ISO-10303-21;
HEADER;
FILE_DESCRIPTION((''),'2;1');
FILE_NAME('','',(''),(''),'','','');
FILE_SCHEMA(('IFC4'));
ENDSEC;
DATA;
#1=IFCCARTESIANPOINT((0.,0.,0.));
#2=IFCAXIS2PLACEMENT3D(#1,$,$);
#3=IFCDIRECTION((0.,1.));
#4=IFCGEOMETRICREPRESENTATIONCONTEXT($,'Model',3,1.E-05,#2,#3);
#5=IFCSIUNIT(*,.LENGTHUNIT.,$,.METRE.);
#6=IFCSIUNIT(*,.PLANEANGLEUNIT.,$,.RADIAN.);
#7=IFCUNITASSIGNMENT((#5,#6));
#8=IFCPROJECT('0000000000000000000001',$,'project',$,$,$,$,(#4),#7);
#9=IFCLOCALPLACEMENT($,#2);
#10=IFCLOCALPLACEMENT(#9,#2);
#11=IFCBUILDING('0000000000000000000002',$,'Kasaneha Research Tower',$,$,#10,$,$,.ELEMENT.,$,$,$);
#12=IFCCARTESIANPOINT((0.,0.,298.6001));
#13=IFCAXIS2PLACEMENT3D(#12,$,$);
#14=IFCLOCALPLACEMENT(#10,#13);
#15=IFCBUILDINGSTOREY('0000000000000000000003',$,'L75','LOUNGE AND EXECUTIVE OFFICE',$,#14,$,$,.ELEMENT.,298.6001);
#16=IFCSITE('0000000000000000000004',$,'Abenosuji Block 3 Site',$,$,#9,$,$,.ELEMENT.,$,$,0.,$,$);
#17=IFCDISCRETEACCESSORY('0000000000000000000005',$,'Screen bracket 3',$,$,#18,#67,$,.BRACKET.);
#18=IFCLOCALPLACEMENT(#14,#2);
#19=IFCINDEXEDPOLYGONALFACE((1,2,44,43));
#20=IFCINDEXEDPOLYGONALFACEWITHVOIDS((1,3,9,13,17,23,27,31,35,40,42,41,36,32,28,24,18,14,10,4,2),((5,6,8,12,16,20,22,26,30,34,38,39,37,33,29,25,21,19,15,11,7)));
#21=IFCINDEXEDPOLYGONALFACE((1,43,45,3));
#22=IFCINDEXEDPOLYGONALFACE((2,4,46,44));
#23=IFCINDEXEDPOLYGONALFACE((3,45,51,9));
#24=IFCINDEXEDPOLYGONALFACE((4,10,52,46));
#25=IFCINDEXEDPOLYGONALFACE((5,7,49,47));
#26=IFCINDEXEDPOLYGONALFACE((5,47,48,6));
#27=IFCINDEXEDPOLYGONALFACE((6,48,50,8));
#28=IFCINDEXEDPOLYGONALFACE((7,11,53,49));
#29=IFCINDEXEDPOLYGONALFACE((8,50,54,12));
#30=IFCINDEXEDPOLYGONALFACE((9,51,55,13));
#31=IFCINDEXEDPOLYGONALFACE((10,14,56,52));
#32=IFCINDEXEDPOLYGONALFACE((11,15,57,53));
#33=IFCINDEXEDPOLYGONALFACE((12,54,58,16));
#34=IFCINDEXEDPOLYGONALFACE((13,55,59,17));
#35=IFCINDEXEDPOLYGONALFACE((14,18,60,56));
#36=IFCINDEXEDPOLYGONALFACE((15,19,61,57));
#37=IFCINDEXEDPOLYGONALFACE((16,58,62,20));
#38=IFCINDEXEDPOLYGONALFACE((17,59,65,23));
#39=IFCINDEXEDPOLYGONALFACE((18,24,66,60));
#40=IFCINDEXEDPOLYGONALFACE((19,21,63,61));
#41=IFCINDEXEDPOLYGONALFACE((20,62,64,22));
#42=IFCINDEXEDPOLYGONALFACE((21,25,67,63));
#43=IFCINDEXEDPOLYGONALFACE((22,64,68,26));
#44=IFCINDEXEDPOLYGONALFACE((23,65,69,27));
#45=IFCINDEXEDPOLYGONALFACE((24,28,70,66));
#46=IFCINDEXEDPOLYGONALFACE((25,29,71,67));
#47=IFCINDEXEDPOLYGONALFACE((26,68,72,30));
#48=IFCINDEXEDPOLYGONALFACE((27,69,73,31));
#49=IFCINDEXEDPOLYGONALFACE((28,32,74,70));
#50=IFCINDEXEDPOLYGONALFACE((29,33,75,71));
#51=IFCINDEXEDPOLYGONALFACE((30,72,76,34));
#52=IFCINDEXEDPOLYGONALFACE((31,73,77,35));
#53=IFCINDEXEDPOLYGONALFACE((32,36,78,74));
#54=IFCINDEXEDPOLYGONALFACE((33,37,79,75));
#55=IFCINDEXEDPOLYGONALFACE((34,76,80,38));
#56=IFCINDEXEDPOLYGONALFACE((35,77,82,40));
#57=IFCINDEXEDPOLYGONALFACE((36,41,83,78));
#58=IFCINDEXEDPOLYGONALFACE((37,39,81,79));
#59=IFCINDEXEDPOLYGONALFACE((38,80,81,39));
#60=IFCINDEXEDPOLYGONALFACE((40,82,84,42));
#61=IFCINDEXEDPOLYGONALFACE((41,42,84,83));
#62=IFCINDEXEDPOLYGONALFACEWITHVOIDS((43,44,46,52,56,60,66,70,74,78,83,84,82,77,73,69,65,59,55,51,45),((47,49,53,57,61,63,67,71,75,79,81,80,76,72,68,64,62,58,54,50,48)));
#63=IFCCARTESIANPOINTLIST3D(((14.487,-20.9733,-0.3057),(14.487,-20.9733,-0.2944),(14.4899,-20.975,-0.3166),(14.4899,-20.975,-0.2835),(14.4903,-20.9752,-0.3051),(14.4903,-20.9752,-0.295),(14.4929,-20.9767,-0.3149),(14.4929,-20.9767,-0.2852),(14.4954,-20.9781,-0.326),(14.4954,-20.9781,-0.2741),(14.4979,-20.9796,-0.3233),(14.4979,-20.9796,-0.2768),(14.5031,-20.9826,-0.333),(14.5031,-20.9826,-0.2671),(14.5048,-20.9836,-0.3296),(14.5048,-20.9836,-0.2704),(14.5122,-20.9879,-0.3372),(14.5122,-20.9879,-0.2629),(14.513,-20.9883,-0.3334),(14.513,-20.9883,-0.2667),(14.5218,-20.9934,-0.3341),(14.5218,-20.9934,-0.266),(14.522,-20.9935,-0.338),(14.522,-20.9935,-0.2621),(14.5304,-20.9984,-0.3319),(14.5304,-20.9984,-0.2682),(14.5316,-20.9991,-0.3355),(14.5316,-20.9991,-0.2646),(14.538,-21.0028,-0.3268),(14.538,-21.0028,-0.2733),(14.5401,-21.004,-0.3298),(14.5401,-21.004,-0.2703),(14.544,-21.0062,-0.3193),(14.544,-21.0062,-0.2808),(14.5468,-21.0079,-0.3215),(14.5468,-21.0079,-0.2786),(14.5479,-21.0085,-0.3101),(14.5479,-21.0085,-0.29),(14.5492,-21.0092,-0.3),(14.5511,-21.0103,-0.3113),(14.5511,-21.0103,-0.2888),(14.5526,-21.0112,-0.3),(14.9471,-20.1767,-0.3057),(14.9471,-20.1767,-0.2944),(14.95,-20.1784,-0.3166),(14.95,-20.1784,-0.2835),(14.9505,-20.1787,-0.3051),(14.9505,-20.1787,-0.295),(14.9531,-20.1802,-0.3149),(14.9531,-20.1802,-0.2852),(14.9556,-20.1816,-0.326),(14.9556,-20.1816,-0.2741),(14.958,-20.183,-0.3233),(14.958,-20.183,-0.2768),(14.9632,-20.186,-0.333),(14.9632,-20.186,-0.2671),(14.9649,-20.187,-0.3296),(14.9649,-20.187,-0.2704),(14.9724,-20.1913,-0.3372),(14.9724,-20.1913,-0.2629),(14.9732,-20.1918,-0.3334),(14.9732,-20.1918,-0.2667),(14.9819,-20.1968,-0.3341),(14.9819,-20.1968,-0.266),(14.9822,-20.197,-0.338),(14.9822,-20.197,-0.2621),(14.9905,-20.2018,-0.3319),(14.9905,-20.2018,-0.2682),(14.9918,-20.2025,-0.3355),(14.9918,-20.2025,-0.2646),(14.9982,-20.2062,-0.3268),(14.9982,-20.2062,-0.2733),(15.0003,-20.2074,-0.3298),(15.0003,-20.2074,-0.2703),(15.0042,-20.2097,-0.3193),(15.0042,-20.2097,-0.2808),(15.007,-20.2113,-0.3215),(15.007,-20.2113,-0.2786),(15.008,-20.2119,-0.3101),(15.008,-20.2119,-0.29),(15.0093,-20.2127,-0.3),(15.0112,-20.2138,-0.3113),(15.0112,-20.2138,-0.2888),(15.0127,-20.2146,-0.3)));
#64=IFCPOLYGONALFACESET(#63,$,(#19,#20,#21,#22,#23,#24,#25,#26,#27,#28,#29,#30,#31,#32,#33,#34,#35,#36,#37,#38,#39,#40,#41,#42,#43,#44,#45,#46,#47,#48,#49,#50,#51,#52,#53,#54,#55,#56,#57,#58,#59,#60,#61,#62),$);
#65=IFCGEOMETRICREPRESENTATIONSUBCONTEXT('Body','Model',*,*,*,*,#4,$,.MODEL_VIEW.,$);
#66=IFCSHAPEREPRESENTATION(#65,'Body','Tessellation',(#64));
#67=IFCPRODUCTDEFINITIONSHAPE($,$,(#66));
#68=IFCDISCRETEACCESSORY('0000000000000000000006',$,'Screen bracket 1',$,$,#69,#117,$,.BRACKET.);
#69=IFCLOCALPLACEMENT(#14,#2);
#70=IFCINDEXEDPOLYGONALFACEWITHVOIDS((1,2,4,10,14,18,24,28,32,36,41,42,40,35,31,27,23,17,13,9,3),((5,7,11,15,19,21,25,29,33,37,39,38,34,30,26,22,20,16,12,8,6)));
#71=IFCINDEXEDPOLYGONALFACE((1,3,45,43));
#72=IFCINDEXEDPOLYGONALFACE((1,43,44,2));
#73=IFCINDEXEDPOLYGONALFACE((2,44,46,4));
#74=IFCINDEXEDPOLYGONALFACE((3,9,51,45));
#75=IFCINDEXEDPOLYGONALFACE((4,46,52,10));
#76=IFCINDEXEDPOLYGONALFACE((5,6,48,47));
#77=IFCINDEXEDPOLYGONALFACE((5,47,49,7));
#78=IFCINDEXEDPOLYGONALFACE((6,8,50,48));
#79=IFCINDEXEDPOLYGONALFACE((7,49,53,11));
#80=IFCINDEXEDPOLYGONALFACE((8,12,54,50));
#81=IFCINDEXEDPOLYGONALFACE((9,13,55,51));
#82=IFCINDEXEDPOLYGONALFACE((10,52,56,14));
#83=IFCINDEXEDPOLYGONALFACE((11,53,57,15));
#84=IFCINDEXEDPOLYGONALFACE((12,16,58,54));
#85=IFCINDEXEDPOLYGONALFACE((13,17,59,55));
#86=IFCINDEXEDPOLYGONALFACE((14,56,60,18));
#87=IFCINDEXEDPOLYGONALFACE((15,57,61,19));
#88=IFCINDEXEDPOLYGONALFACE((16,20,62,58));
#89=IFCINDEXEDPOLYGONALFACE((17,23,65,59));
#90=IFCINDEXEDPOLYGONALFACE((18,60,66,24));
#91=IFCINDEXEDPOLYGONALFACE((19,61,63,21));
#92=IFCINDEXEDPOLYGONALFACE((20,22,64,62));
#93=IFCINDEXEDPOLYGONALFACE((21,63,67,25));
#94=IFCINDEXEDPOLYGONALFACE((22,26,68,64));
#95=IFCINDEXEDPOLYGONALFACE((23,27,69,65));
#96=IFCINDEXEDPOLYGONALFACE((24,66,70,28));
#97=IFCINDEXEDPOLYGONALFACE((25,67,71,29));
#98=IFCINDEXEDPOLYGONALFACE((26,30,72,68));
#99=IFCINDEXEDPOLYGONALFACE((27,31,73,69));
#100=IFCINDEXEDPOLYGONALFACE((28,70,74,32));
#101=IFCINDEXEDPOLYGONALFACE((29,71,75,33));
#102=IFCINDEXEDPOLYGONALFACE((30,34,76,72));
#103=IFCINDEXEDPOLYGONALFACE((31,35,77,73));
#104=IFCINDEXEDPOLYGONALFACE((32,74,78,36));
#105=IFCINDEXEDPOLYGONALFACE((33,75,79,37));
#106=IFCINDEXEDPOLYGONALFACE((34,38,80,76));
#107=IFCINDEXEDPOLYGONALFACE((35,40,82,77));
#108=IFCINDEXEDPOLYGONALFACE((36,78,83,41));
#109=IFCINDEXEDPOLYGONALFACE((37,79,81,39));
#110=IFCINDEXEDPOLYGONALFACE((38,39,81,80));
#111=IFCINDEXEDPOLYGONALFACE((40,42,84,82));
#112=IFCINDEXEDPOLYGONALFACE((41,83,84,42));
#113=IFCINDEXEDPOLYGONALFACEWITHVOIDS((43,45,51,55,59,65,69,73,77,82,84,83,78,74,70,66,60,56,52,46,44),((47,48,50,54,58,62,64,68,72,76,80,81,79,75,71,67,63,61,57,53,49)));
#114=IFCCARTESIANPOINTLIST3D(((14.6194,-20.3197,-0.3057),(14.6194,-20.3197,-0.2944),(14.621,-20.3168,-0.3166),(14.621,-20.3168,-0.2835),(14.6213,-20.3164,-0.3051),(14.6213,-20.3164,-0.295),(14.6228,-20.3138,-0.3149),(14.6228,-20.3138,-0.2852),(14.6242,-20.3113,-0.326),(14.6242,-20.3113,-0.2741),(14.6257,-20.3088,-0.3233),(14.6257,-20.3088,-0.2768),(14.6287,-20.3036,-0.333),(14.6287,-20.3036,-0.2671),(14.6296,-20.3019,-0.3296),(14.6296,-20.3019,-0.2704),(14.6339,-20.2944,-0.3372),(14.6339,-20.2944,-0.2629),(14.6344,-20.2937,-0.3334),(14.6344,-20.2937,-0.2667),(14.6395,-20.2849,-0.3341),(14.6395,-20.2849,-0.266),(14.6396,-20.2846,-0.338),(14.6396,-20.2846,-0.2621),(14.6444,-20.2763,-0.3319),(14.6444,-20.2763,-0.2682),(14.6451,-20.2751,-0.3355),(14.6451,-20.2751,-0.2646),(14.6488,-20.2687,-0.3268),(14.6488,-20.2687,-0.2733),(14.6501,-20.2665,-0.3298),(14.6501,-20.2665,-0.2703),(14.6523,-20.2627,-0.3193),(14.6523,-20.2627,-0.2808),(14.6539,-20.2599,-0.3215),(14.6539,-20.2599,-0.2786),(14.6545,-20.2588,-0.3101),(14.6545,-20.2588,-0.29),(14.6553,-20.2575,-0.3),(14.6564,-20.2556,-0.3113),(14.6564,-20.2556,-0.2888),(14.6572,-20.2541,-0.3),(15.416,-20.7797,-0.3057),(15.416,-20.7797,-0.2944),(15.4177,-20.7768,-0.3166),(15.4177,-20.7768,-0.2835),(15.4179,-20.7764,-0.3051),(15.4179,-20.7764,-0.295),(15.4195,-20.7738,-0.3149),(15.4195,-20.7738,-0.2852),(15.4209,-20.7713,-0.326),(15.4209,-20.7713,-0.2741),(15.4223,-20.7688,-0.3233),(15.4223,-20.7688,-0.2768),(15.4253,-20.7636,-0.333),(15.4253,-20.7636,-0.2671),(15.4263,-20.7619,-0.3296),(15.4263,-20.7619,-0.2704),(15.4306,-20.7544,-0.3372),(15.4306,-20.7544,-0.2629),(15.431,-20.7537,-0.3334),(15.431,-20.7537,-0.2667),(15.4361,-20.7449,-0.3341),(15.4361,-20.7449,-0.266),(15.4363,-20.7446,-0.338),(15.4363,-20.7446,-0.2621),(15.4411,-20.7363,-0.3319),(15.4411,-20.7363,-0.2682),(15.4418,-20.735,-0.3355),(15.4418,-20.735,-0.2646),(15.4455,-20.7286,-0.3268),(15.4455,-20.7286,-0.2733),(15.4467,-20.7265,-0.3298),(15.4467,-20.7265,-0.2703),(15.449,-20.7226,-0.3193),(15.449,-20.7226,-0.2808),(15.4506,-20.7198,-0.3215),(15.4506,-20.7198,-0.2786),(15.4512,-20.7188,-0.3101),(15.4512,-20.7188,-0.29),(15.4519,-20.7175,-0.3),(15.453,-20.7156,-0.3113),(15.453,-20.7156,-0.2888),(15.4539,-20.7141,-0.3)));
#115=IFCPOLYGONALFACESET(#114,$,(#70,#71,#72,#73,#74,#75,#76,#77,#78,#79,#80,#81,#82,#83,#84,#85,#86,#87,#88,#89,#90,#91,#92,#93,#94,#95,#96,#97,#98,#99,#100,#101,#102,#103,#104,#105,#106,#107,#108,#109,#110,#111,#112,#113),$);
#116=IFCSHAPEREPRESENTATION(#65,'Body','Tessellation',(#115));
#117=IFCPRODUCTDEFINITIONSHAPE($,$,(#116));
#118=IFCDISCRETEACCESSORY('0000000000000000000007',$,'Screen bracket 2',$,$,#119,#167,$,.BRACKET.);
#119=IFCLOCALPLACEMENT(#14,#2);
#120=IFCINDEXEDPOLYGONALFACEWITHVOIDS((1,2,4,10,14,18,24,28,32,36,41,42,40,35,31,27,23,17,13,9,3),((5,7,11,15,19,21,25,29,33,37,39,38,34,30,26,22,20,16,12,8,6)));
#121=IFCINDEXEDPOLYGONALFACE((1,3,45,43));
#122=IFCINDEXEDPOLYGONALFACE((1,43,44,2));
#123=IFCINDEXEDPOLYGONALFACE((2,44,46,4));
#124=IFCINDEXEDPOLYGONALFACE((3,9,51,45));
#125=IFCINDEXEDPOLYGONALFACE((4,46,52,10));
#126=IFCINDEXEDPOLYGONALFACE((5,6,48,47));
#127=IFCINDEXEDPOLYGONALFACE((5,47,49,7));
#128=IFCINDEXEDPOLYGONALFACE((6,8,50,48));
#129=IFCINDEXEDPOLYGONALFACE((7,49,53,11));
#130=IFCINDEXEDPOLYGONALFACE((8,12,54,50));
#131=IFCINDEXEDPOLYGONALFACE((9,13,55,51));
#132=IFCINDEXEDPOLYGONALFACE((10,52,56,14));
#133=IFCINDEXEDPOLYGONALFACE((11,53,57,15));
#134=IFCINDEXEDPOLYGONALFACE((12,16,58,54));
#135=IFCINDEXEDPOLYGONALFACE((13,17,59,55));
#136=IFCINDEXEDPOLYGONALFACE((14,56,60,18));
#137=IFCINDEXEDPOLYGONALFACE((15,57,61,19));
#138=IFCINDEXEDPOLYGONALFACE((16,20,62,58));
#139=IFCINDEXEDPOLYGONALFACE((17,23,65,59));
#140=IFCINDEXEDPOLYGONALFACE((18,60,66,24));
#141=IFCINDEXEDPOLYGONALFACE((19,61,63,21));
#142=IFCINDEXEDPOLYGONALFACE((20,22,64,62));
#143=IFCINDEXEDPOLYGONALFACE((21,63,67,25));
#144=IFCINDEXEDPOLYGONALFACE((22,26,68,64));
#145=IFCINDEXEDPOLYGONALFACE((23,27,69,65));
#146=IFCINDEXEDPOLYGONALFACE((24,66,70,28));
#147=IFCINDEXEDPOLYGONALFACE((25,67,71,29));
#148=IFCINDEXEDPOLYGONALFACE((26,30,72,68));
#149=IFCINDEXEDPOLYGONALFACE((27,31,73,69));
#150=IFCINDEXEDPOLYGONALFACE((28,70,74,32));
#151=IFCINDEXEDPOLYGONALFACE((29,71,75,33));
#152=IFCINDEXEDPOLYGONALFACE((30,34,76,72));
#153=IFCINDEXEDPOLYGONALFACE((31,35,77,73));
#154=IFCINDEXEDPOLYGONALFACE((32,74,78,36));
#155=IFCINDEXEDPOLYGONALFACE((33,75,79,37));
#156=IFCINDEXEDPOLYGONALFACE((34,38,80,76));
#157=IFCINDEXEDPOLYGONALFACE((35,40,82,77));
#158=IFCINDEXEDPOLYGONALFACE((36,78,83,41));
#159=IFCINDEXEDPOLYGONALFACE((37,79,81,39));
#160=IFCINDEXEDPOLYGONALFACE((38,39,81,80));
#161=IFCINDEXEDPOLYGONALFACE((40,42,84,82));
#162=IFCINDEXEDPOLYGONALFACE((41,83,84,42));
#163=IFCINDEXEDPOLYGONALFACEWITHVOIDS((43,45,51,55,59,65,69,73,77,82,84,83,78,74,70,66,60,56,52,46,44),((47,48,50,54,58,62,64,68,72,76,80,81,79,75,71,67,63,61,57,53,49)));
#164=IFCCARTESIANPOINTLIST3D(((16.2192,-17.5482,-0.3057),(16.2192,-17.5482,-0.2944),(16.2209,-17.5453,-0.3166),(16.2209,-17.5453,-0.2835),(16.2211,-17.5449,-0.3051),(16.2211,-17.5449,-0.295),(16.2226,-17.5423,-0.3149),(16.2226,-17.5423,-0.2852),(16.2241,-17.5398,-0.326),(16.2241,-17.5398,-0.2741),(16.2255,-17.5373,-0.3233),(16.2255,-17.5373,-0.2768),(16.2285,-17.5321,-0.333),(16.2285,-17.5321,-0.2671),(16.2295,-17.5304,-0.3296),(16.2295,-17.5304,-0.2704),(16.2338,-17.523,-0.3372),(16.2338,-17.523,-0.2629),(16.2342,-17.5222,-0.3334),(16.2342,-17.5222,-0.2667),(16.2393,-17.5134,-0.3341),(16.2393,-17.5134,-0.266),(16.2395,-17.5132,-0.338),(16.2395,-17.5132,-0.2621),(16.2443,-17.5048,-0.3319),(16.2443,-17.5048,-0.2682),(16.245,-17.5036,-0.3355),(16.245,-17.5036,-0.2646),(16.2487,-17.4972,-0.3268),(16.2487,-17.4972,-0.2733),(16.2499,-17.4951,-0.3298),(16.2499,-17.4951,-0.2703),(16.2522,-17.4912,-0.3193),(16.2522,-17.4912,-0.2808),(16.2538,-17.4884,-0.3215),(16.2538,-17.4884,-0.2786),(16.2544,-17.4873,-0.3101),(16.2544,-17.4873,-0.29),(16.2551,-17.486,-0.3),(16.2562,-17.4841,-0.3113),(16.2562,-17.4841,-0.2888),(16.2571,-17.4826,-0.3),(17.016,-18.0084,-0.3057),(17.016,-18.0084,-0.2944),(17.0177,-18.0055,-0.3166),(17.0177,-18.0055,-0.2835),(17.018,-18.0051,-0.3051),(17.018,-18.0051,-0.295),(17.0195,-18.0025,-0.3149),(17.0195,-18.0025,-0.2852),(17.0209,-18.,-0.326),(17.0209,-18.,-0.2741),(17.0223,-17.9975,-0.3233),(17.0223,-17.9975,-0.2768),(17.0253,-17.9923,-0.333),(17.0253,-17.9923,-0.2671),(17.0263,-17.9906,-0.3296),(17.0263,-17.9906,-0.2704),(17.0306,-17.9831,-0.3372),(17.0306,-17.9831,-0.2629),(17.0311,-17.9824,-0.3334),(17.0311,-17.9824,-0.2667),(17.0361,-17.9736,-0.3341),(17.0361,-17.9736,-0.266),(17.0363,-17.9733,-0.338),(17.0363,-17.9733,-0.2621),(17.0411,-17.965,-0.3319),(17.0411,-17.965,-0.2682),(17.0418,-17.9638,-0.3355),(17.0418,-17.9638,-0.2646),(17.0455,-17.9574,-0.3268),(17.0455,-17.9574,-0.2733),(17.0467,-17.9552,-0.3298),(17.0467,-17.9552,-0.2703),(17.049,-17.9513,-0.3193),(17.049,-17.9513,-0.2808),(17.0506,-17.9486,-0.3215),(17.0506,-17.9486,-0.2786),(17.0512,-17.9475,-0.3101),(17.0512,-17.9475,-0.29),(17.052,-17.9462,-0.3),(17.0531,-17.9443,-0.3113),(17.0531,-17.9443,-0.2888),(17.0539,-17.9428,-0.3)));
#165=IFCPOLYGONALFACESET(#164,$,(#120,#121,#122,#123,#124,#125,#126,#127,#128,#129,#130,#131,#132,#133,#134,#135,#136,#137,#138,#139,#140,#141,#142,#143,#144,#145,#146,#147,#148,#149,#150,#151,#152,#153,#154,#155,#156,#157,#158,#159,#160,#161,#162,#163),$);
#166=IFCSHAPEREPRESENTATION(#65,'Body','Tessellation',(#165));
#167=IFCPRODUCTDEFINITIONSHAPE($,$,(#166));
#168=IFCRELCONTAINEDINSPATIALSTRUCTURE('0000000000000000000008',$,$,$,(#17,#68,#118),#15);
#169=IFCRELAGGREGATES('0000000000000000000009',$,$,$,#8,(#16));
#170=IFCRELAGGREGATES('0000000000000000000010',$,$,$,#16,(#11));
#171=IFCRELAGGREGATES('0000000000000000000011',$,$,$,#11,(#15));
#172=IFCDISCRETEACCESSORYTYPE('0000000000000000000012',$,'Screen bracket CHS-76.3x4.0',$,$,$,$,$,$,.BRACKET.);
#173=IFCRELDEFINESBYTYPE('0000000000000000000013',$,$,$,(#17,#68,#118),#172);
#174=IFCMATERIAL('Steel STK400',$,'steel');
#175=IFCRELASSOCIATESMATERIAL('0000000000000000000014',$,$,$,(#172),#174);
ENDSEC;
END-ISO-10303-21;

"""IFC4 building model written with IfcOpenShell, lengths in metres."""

from ifc_helpers import new_model, si_unit, direction, frame, origin, origin_2d, place, context, subcontext, project, spatial, hollow_circle, extrude, material, material_profile, profile_set, type_object, element, save


model = new_model("IFC4")

# Units and contexts
model_context = context("Model", 3, precision=1e-05, world=origin(), true_north=direction((0.0, 1.0)))
body_context = subcontext(model_context, "Body", "Model", "MODEL_VIEW")
ifc_project = project(units=[si_unit("LENGTHUNIT", "METRE"), si_unit("PLANEANGLEUNIT", "RADIAN")], contexts=[model_context])

# Site, building, storey
site_placement = place(None, origin())
site = spatial("IfcSite", under=ifc_project, at=site_placement, Name="Abenosuji Block 3 Site", CompositionType="ELEMENT", RefElevation=0.0)
building_placement = place(site_placement, origin())
building = spatial("IfcBuilding", under=site, at=building_placement, Name="Kasaneha Research Tower", CompositionType="ELEMENT")
storey_placement = place(building_placement, frame((0.0, 0.0, 298.6001)))
storey = spatial("IfcBuildingStorey", under=building, at=storey_placement, Name="L75", Description="LOUNGE AND EXECUTIVE OFFICE", CompositionType="ELEMENT", Elevation=298.6001)

# Discrete accessories
ifc_material_1 = material(Name="Steel STK400", Category="steel")
ifc_material_profile_1 = material_profile(ifc_material_1, hollow_circle(Radius=0.0381, WallThickness=0.0039, at=origin_2d()), Name="CHS-76.3x4.0")
ifc_profile_set_1 = profile_set([ifc_material_profile_1], Name="Steel STK400")
discrete_accessory_type = type_object("IfcDiscreteAccessoryType", Name="Screen bracket CHS-76.3x4.0", PredefinedType="BRACKET", material=ifc_profile_set_1)
for number, where, z_axis, x_axis, name in (
    (1, (14.9797, -20.1956, -0.3), (-0.50022, -0.865898, 0.0), (0.865898, -0.50022, 0.0), "Screen bracket 3"),
    (2, (14.6382, -20.2871, -0.3), (0.866013, -0.500021, 0.0), (0.500021, 0.866013, 0.0), "Screen bracket 1"),
):
    element("IfcDiscreteAccessory", number, at=place(storey_placement, frame(where, z_axis=z_axis, x_axis=x_axis)), inside=storey, type_object=discrete_accessory_type, Name=name, PredefinedType="BRACKET", context=body_context, shape_type="SweptSolid", body=[
        extrude(hollow_circle(Radius=0.0381, WallThickness=0.0039, at=origin_2d()), origin(), (0.0, 0.0, 1.0), 0.9199),
    ])
discrete_accessory_placement = place(storey_placement, frame((16.238, -17.5156, -0.3), z_axis=(0.865965, -0.500105, 0.0), x_axis=(0.500105, 0.865965, 0.0)))
element("IfcDiscreteAccessory", 3, at=discrete_accessory_placement, inside=storey, type_object=discrete_accessory_type, Name="Screen bracket 2", PredefinedType="BRACKET", context=body_context, shape_type="SweptSolid", body=[
    extrude(hollow_circle(Radius=0.0381, WallThickness=0.0039, at=origin_2d()), origin(), (0.0, 0.0, 1.0), 0.9202),
])

save(model, "model.ifc")
